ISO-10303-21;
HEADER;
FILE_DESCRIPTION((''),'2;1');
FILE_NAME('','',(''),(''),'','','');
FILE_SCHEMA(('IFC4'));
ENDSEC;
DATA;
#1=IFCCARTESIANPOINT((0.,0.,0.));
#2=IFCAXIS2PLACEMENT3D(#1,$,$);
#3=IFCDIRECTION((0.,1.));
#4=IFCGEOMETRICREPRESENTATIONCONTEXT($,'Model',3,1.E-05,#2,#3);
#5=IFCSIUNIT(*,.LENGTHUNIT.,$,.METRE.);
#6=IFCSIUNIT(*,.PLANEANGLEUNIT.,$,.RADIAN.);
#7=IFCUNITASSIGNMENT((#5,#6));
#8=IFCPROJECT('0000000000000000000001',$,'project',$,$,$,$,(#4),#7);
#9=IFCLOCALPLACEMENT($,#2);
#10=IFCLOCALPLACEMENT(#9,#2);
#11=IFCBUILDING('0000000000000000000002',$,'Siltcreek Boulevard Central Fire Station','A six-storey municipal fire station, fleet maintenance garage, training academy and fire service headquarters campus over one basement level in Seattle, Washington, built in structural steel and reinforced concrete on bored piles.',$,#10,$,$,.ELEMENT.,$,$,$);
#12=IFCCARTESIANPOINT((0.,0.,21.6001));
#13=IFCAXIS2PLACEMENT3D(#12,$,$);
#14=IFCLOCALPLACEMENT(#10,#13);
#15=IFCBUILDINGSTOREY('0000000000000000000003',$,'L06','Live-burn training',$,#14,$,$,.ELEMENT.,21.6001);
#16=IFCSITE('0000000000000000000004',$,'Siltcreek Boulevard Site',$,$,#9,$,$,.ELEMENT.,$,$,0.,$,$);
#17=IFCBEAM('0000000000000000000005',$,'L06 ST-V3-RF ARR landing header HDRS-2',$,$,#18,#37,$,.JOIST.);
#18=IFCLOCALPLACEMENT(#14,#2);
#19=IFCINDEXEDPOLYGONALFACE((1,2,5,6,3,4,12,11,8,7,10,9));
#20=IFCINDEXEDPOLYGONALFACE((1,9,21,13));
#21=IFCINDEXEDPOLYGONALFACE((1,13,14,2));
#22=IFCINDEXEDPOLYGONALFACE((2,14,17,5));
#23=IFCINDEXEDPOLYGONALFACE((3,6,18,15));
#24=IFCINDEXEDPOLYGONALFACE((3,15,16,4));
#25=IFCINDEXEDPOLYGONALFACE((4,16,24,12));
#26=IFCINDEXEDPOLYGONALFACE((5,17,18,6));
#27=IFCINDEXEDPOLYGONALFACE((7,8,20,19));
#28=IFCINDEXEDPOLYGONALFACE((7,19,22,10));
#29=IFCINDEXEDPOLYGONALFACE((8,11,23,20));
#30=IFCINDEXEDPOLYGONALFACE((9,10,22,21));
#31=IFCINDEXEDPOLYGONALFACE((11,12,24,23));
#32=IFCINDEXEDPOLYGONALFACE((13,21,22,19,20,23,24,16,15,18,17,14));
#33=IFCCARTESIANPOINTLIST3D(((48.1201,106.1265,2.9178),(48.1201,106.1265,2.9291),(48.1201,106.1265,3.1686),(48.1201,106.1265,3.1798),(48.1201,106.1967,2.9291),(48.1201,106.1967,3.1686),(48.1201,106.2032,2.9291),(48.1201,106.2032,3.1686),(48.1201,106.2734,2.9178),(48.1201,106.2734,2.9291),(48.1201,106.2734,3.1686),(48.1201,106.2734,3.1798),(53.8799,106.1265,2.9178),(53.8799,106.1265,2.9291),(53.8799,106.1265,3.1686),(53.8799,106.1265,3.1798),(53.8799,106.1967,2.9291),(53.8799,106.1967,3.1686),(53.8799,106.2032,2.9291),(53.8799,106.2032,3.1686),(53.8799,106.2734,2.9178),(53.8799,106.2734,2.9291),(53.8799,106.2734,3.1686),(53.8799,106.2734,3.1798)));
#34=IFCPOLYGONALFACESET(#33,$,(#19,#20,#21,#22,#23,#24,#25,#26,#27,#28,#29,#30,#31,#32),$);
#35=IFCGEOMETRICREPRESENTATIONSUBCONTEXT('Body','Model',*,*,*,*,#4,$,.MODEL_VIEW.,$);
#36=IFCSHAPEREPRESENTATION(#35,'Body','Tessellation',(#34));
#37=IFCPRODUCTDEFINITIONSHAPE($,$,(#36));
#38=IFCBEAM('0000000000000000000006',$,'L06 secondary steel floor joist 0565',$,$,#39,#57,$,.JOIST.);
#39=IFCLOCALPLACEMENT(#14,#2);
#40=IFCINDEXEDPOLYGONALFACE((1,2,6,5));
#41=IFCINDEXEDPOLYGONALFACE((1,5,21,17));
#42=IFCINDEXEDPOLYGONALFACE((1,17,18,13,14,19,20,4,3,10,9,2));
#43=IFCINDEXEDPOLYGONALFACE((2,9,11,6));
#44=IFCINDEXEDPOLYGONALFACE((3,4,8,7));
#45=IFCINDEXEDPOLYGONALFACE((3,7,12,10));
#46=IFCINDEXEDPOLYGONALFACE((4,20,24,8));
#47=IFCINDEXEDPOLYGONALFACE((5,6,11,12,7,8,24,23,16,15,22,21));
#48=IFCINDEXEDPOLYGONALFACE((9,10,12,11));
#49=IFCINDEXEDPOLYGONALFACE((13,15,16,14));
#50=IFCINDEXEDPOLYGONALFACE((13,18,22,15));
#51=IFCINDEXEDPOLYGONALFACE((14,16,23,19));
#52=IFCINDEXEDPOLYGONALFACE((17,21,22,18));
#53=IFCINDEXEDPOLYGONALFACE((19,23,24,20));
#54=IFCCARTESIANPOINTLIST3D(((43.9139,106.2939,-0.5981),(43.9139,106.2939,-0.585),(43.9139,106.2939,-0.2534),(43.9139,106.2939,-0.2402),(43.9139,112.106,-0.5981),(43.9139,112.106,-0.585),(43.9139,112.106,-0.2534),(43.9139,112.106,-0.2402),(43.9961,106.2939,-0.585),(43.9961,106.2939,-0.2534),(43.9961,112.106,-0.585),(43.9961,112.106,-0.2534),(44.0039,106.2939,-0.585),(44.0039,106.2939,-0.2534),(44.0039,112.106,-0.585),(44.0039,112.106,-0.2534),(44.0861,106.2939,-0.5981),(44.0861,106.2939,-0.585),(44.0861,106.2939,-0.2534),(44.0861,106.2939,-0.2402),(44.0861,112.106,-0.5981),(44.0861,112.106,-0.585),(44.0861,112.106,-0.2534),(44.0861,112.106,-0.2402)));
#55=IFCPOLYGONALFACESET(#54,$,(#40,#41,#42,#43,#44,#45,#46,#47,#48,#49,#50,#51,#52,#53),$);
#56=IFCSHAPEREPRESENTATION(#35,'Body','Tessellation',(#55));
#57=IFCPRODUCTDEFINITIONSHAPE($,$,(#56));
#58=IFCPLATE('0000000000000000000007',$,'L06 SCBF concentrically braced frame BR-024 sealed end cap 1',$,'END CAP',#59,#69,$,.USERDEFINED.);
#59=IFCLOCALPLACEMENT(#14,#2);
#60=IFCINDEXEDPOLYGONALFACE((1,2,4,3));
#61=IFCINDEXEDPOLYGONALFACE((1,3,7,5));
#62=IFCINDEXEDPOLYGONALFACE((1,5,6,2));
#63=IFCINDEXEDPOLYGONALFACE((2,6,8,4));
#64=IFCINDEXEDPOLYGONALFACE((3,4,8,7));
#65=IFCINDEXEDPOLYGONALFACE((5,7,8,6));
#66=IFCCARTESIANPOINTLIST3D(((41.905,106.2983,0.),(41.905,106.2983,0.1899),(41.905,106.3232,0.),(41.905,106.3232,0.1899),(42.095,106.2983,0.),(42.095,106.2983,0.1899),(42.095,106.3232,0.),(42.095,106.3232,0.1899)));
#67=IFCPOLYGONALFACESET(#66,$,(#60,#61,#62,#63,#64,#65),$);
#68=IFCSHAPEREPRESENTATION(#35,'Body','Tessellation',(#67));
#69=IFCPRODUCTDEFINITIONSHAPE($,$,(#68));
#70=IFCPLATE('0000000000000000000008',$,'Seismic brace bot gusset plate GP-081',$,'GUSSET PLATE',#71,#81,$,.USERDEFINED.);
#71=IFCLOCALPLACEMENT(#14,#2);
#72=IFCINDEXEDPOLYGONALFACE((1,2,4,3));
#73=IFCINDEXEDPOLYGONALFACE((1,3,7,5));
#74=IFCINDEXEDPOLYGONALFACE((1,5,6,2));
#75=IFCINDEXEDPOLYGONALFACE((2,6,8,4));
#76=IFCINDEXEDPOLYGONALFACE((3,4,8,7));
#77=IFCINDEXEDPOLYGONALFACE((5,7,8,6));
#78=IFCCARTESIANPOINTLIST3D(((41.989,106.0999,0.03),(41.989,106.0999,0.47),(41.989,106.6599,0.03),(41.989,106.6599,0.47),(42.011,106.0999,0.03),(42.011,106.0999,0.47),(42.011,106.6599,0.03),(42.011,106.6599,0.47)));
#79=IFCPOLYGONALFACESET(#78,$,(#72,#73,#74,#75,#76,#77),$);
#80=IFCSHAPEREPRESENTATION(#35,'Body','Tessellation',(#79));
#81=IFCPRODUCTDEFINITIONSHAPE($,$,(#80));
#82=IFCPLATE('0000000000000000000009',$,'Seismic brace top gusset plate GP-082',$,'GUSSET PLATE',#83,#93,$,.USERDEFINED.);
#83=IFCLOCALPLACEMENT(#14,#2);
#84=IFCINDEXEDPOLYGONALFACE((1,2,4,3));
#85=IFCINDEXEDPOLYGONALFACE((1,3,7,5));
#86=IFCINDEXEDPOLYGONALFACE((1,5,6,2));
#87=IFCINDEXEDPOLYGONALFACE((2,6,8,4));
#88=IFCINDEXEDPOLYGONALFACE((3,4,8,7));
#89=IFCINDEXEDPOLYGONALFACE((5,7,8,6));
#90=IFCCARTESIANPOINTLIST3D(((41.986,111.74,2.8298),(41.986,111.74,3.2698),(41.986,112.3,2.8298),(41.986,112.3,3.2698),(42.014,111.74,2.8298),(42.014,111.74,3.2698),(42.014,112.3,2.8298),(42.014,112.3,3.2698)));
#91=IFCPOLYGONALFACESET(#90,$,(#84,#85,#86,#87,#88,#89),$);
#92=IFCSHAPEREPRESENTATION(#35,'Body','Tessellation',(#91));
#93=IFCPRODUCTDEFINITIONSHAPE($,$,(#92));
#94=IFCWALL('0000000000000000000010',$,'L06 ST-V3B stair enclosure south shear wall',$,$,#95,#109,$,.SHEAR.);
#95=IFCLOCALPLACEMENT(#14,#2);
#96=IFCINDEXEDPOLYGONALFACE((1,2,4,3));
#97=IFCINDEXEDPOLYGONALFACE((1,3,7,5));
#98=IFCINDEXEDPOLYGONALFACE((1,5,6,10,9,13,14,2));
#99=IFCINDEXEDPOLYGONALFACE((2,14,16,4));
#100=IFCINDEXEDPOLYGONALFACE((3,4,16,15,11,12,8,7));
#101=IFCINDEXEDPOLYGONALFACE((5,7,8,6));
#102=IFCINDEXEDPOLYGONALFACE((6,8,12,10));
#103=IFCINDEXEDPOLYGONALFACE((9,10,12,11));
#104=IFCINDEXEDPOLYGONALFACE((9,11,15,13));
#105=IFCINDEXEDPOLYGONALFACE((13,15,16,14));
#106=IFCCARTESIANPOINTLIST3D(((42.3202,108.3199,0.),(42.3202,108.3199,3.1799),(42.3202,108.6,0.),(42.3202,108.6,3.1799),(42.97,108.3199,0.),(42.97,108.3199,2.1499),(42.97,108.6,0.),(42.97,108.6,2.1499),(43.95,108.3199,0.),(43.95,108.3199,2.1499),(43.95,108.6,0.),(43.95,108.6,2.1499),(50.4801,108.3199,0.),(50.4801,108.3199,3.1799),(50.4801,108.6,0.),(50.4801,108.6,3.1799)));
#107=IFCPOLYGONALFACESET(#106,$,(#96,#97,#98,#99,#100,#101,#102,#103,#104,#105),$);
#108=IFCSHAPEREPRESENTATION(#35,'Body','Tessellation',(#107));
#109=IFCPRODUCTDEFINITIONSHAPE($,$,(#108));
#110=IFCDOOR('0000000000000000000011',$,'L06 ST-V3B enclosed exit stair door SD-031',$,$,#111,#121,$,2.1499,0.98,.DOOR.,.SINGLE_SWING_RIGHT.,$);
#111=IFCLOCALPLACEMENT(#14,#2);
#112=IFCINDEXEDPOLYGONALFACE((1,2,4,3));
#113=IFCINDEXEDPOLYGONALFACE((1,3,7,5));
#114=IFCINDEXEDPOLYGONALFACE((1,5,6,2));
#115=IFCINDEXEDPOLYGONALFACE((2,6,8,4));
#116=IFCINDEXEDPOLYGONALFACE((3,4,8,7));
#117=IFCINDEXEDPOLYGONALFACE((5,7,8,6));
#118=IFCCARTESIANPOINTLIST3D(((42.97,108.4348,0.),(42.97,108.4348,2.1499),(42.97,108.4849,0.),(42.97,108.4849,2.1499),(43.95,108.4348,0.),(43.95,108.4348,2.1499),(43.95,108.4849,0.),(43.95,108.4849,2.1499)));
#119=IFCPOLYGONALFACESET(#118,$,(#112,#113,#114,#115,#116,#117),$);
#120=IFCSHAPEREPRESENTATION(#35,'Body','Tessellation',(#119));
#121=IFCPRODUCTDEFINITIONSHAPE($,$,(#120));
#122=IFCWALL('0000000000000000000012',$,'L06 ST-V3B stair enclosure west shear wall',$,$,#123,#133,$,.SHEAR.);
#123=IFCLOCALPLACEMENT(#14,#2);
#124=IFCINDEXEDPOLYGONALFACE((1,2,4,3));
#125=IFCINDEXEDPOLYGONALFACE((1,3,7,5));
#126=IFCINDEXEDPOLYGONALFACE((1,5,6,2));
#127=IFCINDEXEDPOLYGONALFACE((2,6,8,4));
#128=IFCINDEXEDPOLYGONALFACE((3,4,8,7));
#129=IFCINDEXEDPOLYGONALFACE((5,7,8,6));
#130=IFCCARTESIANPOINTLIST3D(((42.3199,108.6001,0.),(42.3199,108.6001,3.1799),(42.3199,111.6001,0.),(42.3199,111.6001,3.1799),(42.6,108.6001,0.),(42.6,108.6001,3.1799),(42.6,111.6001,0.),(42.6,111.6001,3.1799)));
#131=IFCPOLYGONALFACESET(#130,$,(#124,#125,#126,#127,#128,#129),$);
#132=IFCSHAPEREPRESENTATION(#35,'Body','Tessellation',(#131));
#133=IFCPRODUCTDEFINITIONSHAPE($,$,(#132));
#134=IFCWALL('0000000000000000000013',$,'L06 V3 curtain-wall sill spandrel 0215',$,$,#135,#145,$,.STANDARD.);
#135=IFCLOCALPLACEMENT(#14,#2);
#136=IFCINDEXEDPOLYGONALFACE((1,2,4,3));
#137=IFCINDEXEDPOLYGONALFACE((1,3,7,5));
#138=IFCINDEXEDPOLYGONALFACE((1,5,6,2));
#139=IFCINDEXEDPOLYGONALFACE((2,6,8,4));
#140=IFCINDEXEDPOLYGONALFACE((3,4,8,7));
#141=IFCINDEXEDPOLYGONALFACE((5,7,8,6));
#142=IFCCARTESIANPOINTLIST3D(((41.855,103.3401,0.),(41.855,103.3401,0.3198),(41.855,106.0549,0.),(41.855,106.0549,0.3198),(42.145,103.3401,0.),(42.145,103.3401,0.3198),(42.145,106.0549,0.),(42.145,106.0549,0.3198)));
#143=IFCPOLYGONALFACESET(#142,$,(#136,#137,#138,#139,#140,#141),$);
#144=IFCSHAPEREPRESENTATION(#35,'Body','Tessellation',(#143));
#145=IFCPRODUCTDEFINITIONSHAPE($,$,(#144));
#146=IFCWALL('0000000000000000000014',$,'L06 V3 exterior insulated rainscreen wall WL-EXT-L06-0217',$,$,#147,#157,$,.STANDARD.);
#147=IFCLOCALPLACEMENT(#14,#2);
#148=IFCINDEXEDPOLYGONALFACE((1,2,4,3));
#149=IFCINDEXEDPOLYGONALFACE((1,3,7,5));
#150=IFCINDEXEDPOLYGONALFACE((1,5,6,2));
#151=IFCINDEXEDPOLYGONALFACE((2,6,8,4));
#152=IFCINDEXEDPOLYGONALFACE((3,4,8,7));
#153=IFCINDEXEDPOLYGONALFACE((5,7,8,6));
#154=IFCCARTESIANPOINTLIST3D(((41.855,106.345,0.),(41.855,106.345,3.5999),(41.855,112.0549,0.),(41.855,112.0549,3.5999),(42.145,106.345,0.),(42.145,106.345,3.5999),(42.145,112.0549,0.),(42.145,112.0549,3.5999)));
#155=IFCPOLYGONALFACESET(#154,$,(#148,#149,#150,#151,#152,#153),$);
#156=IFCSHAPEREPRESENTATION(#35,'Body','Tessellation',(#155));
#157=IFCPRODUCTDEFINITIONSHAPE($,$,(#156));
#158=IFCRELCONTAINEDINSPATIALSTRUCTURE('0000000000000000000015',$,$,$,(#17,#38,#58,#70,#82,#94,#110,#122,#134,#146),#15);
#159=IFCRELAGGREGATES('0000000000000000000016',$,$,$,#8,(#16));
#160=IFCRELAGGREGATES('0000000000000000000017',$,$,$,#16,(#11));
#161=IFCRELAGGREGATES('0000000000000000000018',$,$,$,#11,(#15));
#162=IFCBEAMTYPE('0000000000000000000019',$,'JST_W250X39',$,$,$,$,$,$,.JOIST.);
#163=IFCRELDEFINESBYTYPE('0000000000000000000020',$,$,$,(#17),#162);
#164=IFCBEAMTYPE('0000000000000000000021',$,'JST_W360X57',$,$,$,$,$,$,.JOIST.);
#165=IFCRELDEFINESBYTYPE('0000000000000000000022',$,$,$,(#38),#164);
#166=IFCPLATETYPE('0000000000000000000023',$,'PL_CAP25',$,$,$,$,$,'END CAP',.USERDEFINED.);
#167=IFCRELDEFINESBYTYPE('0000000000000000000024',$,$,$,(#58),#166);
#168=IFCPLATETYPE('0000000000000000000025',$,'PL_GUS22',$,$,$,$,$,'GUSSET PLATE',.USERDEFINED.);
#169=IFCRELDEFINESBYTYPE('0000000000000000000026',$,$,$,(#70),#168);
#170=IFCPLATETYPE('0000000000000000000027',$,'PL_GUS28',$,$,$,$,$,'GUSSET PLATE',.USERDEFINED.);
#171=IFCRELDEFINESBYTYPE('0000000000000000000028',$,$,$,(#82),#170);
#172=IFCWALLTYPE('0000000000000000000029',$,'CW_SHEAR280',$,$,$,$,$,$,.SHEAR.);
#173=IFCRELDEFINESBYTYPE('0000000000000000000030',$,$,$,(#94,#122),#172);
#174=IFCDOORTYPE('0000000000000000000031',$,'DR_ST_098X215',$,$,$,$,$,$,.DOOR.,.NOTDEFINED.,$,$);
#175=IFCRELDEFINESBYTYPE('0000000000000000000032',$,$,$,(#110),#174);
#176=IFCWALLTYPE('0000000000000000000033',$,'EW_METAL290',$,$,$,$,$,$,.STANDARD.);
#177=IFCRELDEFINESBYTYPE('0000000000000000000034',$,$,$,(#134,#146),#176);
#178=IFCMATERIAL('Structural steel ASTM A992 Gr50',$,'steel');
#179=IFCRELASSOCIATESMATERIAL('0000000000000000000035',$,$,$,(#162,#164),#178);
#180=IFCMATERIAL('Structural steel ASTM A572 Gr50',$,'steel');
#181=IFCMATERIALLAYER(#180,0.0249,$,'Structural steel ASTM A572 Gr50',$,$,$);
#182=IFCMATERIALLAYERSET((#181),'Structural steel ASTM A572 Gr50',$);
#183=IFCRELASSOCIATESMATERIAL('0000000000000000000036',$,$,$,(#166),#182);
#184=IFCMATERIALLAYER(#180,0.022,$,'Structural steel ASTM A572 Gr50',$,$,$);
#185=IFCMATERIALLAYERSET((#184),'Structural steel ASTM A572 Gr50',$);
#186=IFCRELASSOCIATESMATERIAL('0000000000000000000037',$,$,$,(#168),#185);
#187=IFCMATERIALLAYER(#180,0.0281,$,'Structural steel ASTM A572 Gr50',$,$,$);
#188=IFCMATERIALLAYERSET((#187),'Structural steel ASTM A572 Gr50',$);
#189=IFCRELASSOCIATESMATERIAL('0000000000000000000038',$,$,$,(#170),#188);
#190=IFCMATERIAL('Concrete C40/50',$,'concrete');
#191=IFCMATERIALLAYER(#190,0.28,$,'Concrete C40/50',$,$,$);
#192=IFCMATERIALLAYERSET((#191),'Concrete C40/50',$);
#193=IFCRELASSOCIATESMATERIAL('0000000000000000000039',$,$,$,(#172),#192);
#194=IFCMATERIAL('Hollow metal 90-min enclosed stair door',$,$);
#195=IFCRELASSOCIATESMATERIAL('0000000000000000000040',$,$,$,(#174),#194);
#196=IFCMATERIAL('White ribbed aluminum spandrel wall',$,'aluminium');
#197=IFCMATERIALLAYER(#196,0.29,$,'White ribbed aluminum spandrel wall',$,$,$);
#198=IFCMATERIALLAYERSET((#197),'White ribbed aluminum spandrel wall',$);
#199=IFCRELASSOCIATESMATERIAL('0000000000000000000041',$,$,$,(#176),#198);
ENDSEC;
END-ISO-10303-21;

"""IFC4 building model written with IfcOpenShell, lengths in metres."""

from ifc_helpers import new_model, si_unit, direction, frame, frame_2d, origin, origin_2d, place, context, subcontext, project, spatial, rectangle, i_section, extrude, material, layer, layer_set, material_profile, profile_set, type_object, element, fill, save


model = new_model("IFC4")

# Units and contexts
model_context = context("Model", 3, precision=1e-05, world=origin(), true_north=direction((0.0, 1.0)))
body_context = subcontext(model_context, "Body", "Model", "MODEL_VIEW")
ifc_project = project(units=[si_unit("LENGTHUNIT", "METRE"), si_unit("PLANEANGLEUNIT", "RADIAN")], contexts=[model_context])

# Site, building, storey
site_placement = place(None, origin())
site = spatial("IfcSite", under=ifc_project, at=site_placement, Name="Siltcreek Boulevard Site", CompositionType="ELEMENT", RefElevation=0.0)
building_placement = place(site_placement, origin())
building = spatial("IfcBuilding", under=site, at=building_placement, Name="Siltcreek Boulevard Central Fire Station", Description="A six-storey municipal fire station, fleet maintenance garage, training academy and fire service headquarters campus over one basement level in Seattle, Washington, built in structural steel and reinforced concrete on bored piles.", CompositionType="ELEMENT")
storey_placement = place(building_placement, frame((0.0, 0.0, 21.6001)))
storey = spatial("IfcBuildingStorey", under=building, at=storey_placement, Name="L06", Description="Live-burn training", CompositionType="ELEMENT", Elevation=21.6001)

# Shared definitions
ifc_material_1 = material(Name="Structural steel ASTM A992 Gr50", Category="steel")

# Beams
ifc_material_profile_1 = material_profile(ifc_material_1, i_section(OverallWidth=0.147, OverallDepth=0.262, WebThickness=0.0066, FlangeThickness=0.0112, at=origin_2d()), Name="W250X39")
ifc_profile_set_1 = profile_set([ifc_material_profile_1], Name="Structural steel ASTM A992 Gr50")
beam_type_1 = type_object("IfcBeamType", Name="JST_W250X39", PredefinedType="JOIST", material=ifc_profile_set_1)
beam_1_placement = place(storey_placement, frame((48.1201, 106.2, 3.0488), z_axis=(1.0, 0.0, 0.0), x_axis=(0.0, 1.0, 0.0)))
element("IfcBeam", 1, at=beam_1_placement, inside=storey, type_object=beam_type_1, Name="L06 ST-V3-RF ARR landing header HDRS-2", PredefinedType="JOIST", context=body_context, shape_type="SweptSolid", body=[
    extrude(i_section(OverallWidth=0.147, OverallDepth=0.262, WebThickness=0.0066, FlangeThickness=0.0112, at=origin_2d()), origin(), (0.0, 0.0, 1.0), 5.7598),
])
ifc_material_profile_2 = material_profile(ifc_material_1, i_section(OverallWidth=0.1721, OverallDepth=0.3579, WebThickness=0.0078, FlangeThickness=0.0132, at=origin_2d()), Name="W360X57")
ifc_profile_set_2 = profile_set([ifc_material_profile_2], Name="Structural steel ASTM A992 Gr50")
beam_type_2 = type_object("IfcBeamType", Name="JST_W360X57", PredefinedType="JOIST", material=ifc_profile_set_2)
beam_2_placement = place(storey_placement, frame((44.0, 106.2939, -0.4192), z_axis=(0.0, 1.0, 0.0), x_axis=(-1.0, 0.0, 0.0)))
element("IfcBeam", 2, at=beam_2_placement, inside=storey, type_object=beam_type_2, Name="L06 secondary steel floor joist 0565", PredefinedType="JOIST", context=body_context, shape_type="SweptSolid", body=[
    extrude(i_section(OverallWidth=0.1721, OverallDepth=0.3579, WebThickness=0.0078, FlangeThickness=0.0132, at=origin_2d()), origin(), (0.0, 0.0, 1.0), 5.812),
])

# Plates
ifc_material_2 = material(Name="Structural steel ASTM A572 Gr50", Category="steel")
ifc_layer_1 = layer(ifc_material_2, 0.0249, Name="Structural steel ASTM A572 Gr50")
ifc_layer_set_1 = layer_set([ifc_layer_1], Name="Structural steel ASTM A572 Gr50")
plate_type_1 = type_object("IfcPlateType", Name="PL_CAP25", ElementType="END CAP", PredefinedType="USERDEFINED", material=ifc_layer_set_1)
plate_1_placement = place(storey_placement, frame((42.0, 106.3108, 0.0), z_axis=(0.0, 0.0, 1.0), x_axis=(0.0, 1.0, 0.0)))
element("IfcPlate", 3, at=plate_1_placement, inside=storey, type_object=plate_type_1, Name="L06 SCBF concentrically braced frame BR-024 sealed end cap 1", ObjectType="END CAP", PredefinedType="USERDEFINED", context=body_context, shape_type="SweptSolid", body=[
    extrude(rectangle(XDim=0.0249, YDim=0.1899, at=origin_2d()), origin(), (0.0, 0.0, 1.0), 0.1899),
])
ifc_layer_2 = layer(ifc_material_2, 0.022, Name="Structural steel ASTM A572 Gr50")
ifc_layer_set_2 = layer_set([ifc_layer_2], Name="Structural steel ASTM A572 Gr50")
plate_type_2 = type_object("IfcPlateType", Name="PL_GUS22", ElementType="GUSSET PLATE", PredefinedType="USERDEFINED", material=ifc_layer_set_2)
plate_2_placement = place(storey_placement, frame((42.0, 106.3799, 0.03), z_axis=(0.0, 0.0, 1.0), x_axis=(0.0, 1.0, 0.0)))
element("IfcPlate", 4, at=plate_2_placement, inside=storey, type_object=plate_type_2, Name="Seismic brace bot gusset plate GP-081", ObjectType="GUSSET PLATE", PredefinedType="USERDEFINED", context=body_context, shape_type="SweptSolid", body=[
    extrude(rectangle(XDim=0.5601, YDim=0.022, at=origin_2d()), origin(), (0.0, 0.0, 1.0), 0.4399),
])
ifc_layer_3 = layer(ifc_material_2, 0.0281, Name="Structural steel ASTM A572 Gr50")
ifc_layer_set_3 = layer_set([ifc_layer_3], Name="Structural steel ASTM A572 Gr50")
plate_type_3 = type_object("IfcPlateType", Name="PL_GUS28", ElementType="GUSSET PLATE", PredefinedType="USERDEFINED", material=ifc_layer_set_3)
plate_3_placement = place(storey_placement, frame((42.0, 112.02, 2.8298), z_axis=(0.0, 0.0, 1.0), x_axis=(0.0, 1.0, 0.0)))
element("IfcPlate", 5, at=plate_3_placement, inside=storey, type_object=plate_type_3, Name="Seismic brace top gusset plate GP-082", ObjectType="GUSSET PLATE", PredefinedType="USERDEFINED", context=body_context, shape_type="SweptSolid", body=[
    extrude(rectangle(XDim=0.5601, YDim=0.0281, at=origin_2d()), origin(), (0.0, 0.0, 1.0), 0.4399),
])

# Wall, opening, door
ifc_material_3 = material(Name="Concrete C40/50", Category="concrete")
ifc_layer_4 = layer(ifc_material_3, 0.28, Name="Concrete C40/50")
ifc_layer_set_4 = layer_set([ifc_layer_4], Name="Concrete C40/50")
wall_type_1 = type_object("IfcWallType", Name="CW_SHEAR280", PredefinedType="SHEAR", material=ifc_layer_set_4)
wall_1_placement = place(storey_placement, frame((42.3201, 108.46, 0.0), z_axis=(0.0, 0.0, 1.0), x_axis=(1.0, 0.0, 0.0)))
wall_1 = element("IfcWall", 6, at=wall_1_placement, inside=storey, type_object=wall_type_1, Name="L06 ST-V3B stair enclosure south shear wall", PredefinedType="SHEAR", context=body_context, shape_type="SweptSolid", body=[
    extrude(rectangle(XDim=8.1599, YDim=0.28, at=frame_2d((4.0801, 0.0))), origin(), (0.0, 0.0, 1.0), 3.1799),
])
opening_1_placement = place(wall_1_placement, frame((0.6499, 0.0, 0.0)))
opening_1 = element("IfcOpeningElement", 7, at=opening_1_placement, cuts=wall_1, PredefinedType="OPENING", context=body_context, shape_type="SweptSolid", body=[
    extrude(rectangle(XDim=0.98, YDim=2.1499, at=frame_2d((0.49, 1.075))), frame((0.0, 0.1499, 0.0), z_axis=(0.0, -1.0, 0.0), x_axis=(1.0, 0.0, 0.0)), (0.0, 0.0, 1.0), 0.3),
])
ifc_material_4 = material(Name="Hollow metal 90-min enclosed stair door")
door_type_1 = type_object("IfcDoorType", Name="DR_ST_098X215", OperationType="NOTDEFINED", PredefinedType="DOOR", material=ifc_material_4)
door_1_placement = place(opening_1_placement, origin())
door_1 = element("IfcDoor", 8, at=door_1_placement, inside=storey, type_object=door_type_1, Name="L06 ST-V3B enclosed exit stair door SD-031", OperationType="SINGLE_SWING_RIGHT", OverallHeight=2.1499, OverallWidth=0.98, PredefinedType="DOOR", context=body_context, shape_type="SweptSolid", body=[
    extrude(rectangle(XDim=0.98, YDim=2.1499, at=frame_2d((0.49, 1.075))), frame((0.0, 0.0249, 0.0), z_axis=(0.0, -1.0, 0.0), x_axis=(1.0, 0.0, 0.0)), (0.0, 0.0, 1.0), 0.05),
])
fill(opening_1, door_1)

# Walls
wall_2_placement = place(storey_placement, frame((42.46, 111.6001, 0.0), z_axis=(0.0, 0.0, 1.0), x_axis=(0.0, -1.0, 0.0)))
element("IfcWall", 9, at=wall_2_placement, inside=storey, type_object=wall_type_1, Name="L06 ST-V3B stair enclosure west shear wall", PredefinedType="SHEAR", context=body_context, shape_type="SweptSolid", body=[
    extrude(rectangle(XDim=3.0, YDim=0.28, at=frame_2d((1.5, 0.0))), origin(), (0.0, 0.0, 1.0), 3.1799),
])
ifc_material_5 = material(Name="White ribbed aluminum spandrel wall", Category="aluminium")
ifc_layer_5 = layer(ifc_material_5, 0.29, Name="White ribbed aluminum spandrel wall")
ifc_layer_set_5 = layer_set([ifc_layer_5], Name="White ribbed aluminum spandrel wall")
wall_type_2 = type_object("IfcWallType", Name="EW_METAL290", PredefinedType="STANDARD", material=ifc_layer_set_5)
wall_3_placement = place(storey_placement, frame((42.0, 106.0549, 0.0), z_axis=(0.0, 0.0, 1.0), x_axis=(0.0, -1.0, 0.0)))
element("IfcWall", 10, at=wall_3_placement, inside=storey, type_object=wall_type_2, Name="L06 V3 curtain-wall sill spandrel 0215", PredefinedType="STANDARD", context=body_context, shape_type="SweptSolid", body=[
    extrude(rectangle(XDim=2.7148, YDim=0.29, at=frame_2d((1.3574, 0.0))), origin(), (0.0, 0.0, 1.0), 0.3198),
])
wall_4_placement = place(storey_placement, frame((42.0, 112.0549, 0.0), z_axis=(0.0, 0.0, 1.0), x_axis=(0.0, -1.0, 0.0)))
element("IfcWall", 11, at=wall_4_placement, inside=storey, type_object=wall_type_2, Name="L06 V3 exterior insulated rainscreen wall WL-EXT-L06-0217", PredefinedType="STANDARD", context=body_context, shape_type="SweptSolid", body=[
    extrude(rectangle(XDim=5.71, YDim=0.29, at=frame_2d((2.855, 0.0))), origin(), (0.0, 0.0, 1.0), 3.5999),
])

save(model, "model.ifc")
